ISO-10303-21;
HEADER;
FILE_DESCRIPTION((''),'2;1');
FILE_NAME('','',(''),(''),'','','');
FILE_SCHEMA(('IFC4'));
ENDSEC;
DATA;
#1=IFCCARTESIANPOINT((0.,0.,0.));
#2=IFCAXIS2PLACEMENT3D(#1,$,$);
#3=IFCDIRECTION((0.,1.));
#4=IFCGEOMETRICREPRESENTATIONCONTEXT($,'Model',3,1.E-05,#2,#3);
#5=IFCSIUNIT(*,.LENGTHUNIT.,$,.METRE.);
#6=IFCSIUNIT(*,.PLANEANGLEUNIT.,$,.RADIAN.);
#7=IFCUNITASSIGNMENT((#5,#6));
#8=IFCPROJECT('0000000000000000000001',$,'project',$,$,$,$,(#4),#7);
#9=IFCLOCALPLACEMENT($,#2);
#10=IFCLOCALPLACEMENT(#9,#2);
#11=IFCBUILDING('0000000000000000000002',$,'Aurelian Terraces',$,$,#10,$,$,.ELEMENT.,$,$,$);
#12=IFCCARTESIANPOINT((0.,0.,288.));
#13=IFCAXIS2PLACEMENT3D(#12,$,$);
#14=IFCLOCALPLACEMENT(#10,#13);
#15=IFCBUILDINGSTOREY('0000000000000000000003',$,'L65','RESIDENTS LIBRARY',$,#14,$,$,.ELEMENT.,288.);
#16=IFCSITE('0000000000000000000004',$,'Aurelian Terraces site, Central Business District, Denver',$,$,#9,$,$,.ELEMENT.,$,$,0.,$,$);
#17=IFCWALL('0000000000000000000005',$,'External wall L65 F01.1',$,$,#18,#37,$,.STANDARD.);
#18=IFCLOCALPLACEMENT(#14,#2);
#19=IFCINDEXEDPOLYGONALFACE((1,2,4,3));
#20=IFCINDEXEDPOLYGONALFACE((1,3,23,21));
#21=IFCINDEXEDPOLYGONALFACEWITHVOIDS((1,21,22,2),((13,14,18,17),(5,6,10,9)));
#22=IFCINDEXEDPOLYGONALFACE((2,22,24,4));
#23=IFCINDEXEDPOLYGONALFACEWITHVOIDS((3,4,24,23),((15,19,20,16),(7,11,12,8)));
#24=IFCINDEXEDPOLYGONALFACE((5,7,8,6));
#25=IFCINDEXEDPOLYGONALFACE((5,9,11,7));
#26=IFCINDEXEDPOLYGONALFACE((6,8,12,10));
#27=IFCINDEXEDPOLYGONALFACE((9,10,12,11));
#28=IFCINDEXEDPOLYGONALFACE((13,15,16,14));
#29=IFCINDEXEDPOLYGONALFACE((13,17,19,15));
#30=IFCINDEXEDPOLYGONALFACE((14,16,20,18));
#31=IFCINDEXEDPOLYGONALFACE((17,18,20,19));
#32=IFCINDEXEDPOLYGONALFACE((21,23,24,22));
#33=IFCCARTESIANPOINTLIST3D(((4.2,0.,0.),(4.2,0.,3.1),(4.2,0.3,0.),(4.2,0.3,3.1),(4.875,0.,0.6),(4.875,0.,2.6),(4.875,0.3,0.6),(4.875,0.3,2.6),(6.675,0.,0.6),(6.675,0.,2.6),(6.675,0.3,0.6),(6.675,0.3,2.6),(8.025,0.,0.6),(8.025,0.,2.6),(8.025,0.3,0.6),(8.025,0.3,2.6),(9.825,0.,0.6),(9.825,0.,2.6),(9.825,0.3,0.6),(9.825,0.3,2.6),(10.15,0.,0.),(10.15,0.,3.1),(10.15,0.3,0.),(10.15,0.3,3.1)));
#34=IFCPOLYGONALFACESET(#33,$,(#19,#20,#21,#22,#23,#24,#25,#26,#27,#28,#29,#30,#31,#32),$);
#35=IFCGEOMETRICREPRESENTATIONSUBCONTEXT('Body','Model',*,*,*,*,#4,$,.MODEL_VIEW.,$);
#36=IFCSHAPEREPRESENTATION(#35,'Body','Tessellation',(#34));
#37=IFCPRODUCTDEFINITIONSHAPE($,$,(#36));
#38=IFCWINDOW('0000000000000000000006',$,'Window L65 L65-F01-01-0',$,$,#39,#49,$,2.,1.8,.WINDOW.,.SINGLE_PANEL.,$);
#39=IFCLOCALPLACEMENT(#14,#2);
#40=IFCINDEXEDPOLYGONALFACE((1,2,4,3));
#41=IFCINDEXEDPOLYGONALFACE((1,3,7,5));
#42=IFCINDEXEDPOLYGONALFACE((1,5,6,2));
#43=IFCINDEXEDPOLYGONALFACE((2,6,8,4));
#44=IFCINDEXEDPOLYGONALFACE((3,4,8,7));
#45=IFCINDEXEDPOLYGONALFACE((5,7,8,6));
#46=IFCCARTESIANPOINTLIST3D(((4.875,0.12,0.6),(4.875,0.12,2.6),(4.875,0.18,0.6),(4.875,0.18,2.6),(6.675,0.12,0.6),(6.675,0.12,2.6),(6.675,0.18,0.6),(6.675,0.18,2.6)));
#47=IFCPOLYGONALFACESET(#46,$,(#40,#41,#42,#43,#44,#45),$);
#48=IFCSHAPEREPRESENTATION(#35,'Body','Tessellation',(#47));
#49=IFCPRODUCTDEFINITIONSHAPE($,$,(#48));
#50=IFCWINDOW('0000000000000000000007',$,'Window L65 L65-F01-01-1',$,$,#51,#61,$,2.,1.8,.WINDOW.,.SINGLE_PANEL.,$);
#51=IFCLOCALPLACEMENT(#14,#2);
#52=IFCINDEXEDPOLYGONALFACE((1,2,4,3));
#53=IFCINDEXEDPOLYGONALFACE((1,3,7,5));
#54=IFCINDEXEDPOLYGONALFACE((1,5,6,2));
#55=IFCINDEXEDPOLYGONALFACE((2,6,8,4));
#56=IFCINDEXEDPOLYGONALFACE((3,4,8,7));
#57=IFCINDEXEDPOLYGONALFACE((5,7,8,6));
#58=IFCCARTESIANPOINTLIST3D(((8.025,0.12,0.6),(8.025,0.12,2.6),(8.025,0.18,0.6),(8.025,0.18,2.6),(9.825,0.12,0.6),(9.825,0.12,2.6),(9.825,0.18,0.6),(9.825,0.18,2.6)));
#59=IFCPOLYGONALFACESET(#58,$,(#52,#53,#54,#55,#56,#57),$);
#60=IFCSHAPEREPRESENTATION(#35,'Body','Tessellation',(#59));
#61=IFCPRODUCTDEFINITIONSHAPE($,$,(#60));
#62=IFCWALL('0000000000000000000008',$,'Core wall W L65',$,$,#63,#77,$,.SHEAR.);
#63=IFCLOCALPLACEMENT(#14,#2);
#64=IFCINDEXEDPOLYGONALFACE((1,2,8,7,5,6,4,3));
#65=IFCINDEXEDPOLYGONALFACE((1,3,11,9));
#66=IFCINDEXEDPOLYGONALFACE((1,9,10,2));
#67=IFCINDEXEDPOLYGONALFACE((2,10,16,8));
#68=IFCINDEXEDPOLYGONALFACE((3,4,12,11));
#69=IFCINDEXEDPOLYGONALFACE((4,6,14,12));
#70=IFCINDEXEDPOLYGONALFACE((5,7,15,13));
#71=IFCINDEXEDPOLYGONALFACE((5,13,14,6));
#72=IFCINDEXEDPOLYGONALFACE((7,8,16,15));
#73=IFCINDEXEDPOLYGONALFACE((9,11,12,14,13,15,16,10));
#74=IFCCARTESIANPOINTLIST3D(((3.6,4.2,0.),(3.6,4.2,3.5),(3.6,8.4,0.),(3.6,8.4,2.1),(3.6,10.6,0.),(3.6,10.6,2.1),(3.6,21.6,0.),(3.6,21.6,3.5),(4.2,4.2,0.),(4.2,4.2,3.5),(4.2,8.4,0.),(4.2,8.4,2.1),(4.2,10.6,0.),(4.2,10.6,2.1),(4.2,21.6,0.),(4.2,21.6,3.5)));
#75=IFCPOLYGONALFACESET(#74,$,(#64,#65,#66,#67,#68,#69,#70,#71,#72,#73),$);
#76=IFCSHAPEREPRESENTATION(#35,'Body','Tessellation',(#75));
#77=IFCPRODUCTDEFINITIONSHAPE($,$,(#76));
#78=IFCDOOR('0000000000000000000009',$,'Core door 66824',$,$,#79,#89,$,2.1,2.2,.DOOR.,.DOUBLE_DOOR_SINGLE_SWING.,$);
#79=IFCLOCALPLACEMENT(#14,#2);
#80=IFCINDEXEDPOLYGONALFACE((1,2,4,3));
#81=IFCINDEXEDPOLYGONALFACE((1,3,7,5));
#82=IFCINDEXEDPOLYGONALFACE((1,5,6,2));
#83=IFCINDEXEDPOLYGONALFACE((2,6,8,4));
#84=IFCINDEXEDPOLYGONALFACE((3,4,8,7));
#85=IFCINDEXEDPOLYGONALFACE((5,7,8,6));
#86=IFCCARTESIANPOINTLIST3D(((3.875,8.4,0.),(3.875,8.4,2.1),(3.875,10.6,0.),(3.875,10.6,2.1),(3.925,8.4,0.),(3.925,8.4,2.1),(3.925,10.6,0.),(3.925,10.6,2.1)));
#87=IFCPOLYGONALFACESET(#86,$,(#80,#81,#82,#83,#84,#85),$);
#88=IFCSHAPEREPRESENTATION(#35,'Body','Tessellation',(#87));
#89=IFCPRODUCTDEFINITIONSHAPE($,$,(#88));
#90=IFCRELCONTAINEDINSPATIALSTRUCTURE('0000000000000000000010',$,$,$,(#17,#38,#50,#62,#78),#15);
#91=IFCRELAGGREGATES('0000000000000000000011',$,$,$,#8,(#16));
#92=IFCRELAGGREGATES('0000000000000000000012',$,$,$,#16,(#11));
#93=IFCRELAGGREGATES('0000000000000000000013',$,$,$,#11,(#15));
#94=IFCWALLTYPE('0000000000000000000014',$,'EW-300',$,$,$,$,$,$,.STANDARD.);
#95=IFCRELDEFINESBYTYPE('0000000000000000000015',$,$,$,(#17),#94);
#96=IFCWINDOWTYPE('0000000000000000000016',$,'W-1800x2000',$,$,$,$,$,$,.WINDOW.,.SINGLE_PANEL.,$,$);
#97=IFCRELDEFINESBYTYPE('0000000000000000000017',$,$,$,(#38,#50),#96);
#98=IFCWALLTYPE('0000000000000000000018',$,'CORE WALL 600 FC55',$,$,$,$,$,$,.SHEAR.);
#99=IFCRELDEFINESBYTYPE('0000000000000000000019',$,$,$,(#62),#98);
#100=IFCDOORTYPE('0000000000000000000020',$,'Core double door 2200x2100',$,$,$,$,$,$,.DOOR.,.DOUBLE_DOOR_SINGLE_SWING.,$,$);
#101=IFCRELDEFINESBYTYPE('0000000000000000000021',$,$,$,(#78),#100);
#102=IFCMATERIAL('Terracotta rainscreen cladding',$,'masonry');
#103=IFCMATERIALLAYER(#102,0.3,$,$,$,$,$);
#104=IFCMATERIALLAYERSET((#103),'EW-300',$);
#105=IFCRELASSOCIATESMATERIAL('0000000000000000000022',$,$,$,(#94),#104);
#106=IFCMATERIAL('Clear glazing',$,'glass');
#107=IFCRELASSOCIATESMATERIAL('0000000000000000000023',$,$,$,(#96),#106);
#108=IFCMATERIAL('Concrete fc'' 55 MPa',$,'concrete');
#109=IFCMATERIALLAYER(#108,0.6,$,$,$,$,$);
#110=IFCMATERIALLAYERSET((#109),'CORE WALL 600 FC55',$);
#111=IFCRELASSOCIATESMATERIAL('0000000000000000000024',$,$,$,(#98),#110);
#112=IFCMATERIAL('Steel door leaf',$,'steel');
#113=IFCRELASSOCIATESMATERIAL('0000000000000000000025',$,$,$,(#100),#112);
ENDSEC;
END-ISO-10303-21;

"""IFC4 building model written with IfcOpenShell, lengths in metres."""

from ifc_helpers import new_model, si_unit, direction, frame, frame_2d, origin, place, context, subcontext, project, spatial, rectangle, extrude, source, transform, mapped, material, layer, layer_set, type_object, element, fill, save


model = new_model("IFC4")

# Units and contexts
model_context = context("Model", 3, precision=1e-05, world=origin(), true_north=direction((0.0, 1.0)))
body_context = subcontext(model_context, "Body", "Model", "MODEL_VIEW")
ifc_project = project(units=[si_unit("LENGTHUNIT", "METRE"), si_unit("PLANEANGLEUNIT", "RADIAN")], contexts=[model_context])

# Site, building, storey
site_placement = place(None, origin())
site = spatial("IfcSite", under=ifc_project, at=site_placement, Name="Aurelian Terraces site, Central Business District, Denver", CompositionType="ELEMENT", RefElevation=0.0)
building_placement = place(site_placement, origin())
building = spatial("IfcBuilding", under=site, at=building_placement, Name="Aurelian Terraces", CompositionType="ELEMENT")
storey_placement = place(building_placement, frame((0.0, 0.0, 288.0)))
storey = spatial("IfcBuildingStorey", under=building, at=storey_placement, Name="L65", Description="RESIDENTS LIBRARY", CompositionType="ELEMENT", Elevation=288.0)

# Wall, openings, windows
ifc_material_1 = material(Name="Terracotta rainscreen cladding", Category="masonry")
ifc_layer_1 = layer(ifc_material_1, 0.3)
ifc_layer_set_1 = layer_set([ifc_layer_1], Name="EW-300")
wall_type_1 = type_object("IfcWallType", Name="EW-300", PredefinedType="STANDARD", material=ifc_layer_set_1)
wall_1_placement = place(storey_placement, frame((4.2, 0.15, 0.0), z_axis=(0.0, 0.0, 1.0), x_axis=(1.0, 0.0, 0.0)))
wall_1 = element("IfcWall", 1, at=wall_1_placement, inside=storey, type_object=wall_type_1, Name="External wall L65 F01.1", PredefinedType="STANDARD", context=body_context, shape_type="SweptSolid", body=[
    extrude(rectangle(XDim=5.95, YDim=0.3, at=frame_2d((2.975, 0.0))), origin(), (0.0, 0.0, 1.0), 3.1),
])
shared_shape_1 = source(origin(), body_context, "Body", "SweptSolid", [
    extrude(rectangle(XDim=1.8, YDim=2.0, at=frame_2d((0.9, 1.0))), frame((0.0, 0.16, 0.0), z_axis=(0.0, -1.0, 0.0), x_axis=(1.0, 0.0, 0.0)), (0.0, 0.0, 1.0), 0.32),
])
opening_1_placement = place(wall_1_placement, frame((0.675, 0.0, 0.6)))
opening_1 = element("IfcOpeningElement", 2, at=opening_1_placement, cuts=wall_1, PredefinedType="OPENING", context=body_context, shape_type="MappedRepresentation", body=[
    mapped(shared_shape_1, transform((0.0, 0.0, 0.0), scale=1.0)),
])
opening_2_placement = place(wall_1_placement, frame((3.825, 0.0, 0.6)))
opening_2 = element("IfcOpeningElement", 3, at=opening_2_placement, cuts=wall_1, PredefinedType="OPENING", context=body_context, shape_type="MappedRepresentation", body=[
    mapped(shared_shape_1, transform((0.0, 0.0, 0.0), scale=1.0)),
])
ifc_material_2 = material(Name="Clear glazing", Category="glass")
window_type = type_object("IfcWindowType", Name="W-1800x2000", PartitioningType="SINGLE_PANEL", PredefinedType="WINDOW", material=ifc_material_2)
shared_shape_2 = source(origin(), body_context, "Body", "SweptSolid", [
    extrude(rectangle(XDim=1.8, YDim=2.0, at=frame_2d((0.9, 1.0))), frame((0.0, 0.03, 0.0), z_axis=(0.0, -1.0, 0.0), x_axis=(1.0, 0.0, 0.0)), (0.0, 0.0, 1.0), 0.06),
])
window_1_placement = place(opening_1_placement, origin())
window_1 = element("IfcWindow", 4, at=window_1_placement, inside=storey, type_object=window_type, Name="Window L65 L65-F01-01-0", OverallHeight=2.0, OverallWidth=1.8, PartitioningType="SINGLE_PANEL", PredefinedType="WINDOW", context=body_context, shape_type="MappedRepresentation", body=[
    mapped(shared_shape_2, transform((0.0, 0.0, 0.0), scale=1.0)),
])
fill(opening_1, window_1)
window_2_placement = place(opening_2_placement, origin())
window_2 = element("IfcWindow", 5, at=window_2_placement, inside=storey, type_object=window_type, Name="Window L65 L65-F01-01-1", OverallHeight=2.0, OverallWidth=1.8, PartitioningType="SINGLE_PANEL", PredefinedType="WINDOW", context=body_context, shape_type="MappedRepresentation", body=[
    mapped(shared_shape_2, transform((0.0, 0.0, 0.0), scale=1.0)),
])
fill(opening_2, window_2)

# Wall, opening, door
ifc_material_3 = material(Name="Concrete fc' 55 MPa", Category="concrete")
ifc_layer_2 = layer(ifc_material_3, 0.6)
ifc_layer_set_2 = layer_set([ifc_layer_2], Name="CORE WALL 600 FC55")
wall_type_2 = type_object("IfcWallType", Name="CORE WALL 600 FC55", PredefinedType="SHEAR", material=ifc_layer_set_2)
shared_shape_3 = source(origin(), body_context, "Body", "SweptSolid", [
    extrude(rectangle(XDim=17.4, YDim=0.6, at=frame_2d((8.7, 0.0))), origin(), (0.0, 0.0, 1.0), 3.5),
])
wall_2_placement = place(storey_placement, frame((3.9, 4.2, 0.0), z_axis=(0.0, 0.0, 1.0), x_axis=(0.0, 1.0, 0.0)))
wall_2 = element("IfcWall", 6, at=wall_2_placement, inside=storey, type_object=wall_type_2, Name="Core wall W L65", PredefinedType="SHEAR", context=body_context, shape_type="MappedRepresentation", body=[
    mapped(shared_shape_3, transform((0.0, 0.0, 0.0), scale=1.0)),
])
shared_shape_4 = source(origin(), body_context, "Body", "SweptSolid", [
    extrude(rectangle(XDim=2.2, YDim=2.1, at=frame_2d((1.1, 1.05))), frame((0.0, 0.31, 0.0), z_axis=(0.0, -1.0, 0.0), x_axis=(1.0, 0.0, 0.0)), (0.0, 0.0, 1.0), 0.62),
])
opening_3_placement = place(wall_2_placement, frame((4.2, 0.0, 0.0)))
opening_3 = element("IfcOpeningElement", 7, at=opening_3_placement, cuts=wall_2, PredefinedType="OPENING", context=body_context, shape_type="MappedRepresentation", body=[
    mapped(shared_shape_4, transform((0.0, 0.0, 0.0), scale=1.0)),
])
ifc_material_4 = material(Name="Steel door leaf", Category="steel")
door_type = type_object("IfcDoorType", Name="Core double door 2200x2100", OperationType="DOUBLE_DOOR_SINGLE_SWING", PredefinedType="DOOR", material=ifc_material_4)
shared_shape_5 = source(origin(), body_context, "Body", "SweptSolid", [
    extrude(rectangle(XDim=2.2, YDim=2.1, at=frame_2d((1.1, 1.05))), frame((0.0, 0.025, 0.0), z_axis=(0.0, -1.0, 0.0), x_axis=(1.0, 0.0, 0.0)), (0.0, 0.0, 1.0), 0.05),
])
door_placement = place(opening_3_placement, origin())
door = element("IfcDoor", 8, at=door_placement, inside=storey, type_object=door_type, Name="Core door 66824", OperationType="DOUBLE_DOOR_SINGLE_SWING", OverallHeight=2.1, OverallWidth=2.2, PredefinedType="DOOR", context=body_context, shape_type="MappedRepresentation", body=[
    mapped(shared_shape_5, transform((0.0, 0.0, 0.0), scale=1.0)),
])
fill(opening_3, door)

save(model, "model.ifc")
